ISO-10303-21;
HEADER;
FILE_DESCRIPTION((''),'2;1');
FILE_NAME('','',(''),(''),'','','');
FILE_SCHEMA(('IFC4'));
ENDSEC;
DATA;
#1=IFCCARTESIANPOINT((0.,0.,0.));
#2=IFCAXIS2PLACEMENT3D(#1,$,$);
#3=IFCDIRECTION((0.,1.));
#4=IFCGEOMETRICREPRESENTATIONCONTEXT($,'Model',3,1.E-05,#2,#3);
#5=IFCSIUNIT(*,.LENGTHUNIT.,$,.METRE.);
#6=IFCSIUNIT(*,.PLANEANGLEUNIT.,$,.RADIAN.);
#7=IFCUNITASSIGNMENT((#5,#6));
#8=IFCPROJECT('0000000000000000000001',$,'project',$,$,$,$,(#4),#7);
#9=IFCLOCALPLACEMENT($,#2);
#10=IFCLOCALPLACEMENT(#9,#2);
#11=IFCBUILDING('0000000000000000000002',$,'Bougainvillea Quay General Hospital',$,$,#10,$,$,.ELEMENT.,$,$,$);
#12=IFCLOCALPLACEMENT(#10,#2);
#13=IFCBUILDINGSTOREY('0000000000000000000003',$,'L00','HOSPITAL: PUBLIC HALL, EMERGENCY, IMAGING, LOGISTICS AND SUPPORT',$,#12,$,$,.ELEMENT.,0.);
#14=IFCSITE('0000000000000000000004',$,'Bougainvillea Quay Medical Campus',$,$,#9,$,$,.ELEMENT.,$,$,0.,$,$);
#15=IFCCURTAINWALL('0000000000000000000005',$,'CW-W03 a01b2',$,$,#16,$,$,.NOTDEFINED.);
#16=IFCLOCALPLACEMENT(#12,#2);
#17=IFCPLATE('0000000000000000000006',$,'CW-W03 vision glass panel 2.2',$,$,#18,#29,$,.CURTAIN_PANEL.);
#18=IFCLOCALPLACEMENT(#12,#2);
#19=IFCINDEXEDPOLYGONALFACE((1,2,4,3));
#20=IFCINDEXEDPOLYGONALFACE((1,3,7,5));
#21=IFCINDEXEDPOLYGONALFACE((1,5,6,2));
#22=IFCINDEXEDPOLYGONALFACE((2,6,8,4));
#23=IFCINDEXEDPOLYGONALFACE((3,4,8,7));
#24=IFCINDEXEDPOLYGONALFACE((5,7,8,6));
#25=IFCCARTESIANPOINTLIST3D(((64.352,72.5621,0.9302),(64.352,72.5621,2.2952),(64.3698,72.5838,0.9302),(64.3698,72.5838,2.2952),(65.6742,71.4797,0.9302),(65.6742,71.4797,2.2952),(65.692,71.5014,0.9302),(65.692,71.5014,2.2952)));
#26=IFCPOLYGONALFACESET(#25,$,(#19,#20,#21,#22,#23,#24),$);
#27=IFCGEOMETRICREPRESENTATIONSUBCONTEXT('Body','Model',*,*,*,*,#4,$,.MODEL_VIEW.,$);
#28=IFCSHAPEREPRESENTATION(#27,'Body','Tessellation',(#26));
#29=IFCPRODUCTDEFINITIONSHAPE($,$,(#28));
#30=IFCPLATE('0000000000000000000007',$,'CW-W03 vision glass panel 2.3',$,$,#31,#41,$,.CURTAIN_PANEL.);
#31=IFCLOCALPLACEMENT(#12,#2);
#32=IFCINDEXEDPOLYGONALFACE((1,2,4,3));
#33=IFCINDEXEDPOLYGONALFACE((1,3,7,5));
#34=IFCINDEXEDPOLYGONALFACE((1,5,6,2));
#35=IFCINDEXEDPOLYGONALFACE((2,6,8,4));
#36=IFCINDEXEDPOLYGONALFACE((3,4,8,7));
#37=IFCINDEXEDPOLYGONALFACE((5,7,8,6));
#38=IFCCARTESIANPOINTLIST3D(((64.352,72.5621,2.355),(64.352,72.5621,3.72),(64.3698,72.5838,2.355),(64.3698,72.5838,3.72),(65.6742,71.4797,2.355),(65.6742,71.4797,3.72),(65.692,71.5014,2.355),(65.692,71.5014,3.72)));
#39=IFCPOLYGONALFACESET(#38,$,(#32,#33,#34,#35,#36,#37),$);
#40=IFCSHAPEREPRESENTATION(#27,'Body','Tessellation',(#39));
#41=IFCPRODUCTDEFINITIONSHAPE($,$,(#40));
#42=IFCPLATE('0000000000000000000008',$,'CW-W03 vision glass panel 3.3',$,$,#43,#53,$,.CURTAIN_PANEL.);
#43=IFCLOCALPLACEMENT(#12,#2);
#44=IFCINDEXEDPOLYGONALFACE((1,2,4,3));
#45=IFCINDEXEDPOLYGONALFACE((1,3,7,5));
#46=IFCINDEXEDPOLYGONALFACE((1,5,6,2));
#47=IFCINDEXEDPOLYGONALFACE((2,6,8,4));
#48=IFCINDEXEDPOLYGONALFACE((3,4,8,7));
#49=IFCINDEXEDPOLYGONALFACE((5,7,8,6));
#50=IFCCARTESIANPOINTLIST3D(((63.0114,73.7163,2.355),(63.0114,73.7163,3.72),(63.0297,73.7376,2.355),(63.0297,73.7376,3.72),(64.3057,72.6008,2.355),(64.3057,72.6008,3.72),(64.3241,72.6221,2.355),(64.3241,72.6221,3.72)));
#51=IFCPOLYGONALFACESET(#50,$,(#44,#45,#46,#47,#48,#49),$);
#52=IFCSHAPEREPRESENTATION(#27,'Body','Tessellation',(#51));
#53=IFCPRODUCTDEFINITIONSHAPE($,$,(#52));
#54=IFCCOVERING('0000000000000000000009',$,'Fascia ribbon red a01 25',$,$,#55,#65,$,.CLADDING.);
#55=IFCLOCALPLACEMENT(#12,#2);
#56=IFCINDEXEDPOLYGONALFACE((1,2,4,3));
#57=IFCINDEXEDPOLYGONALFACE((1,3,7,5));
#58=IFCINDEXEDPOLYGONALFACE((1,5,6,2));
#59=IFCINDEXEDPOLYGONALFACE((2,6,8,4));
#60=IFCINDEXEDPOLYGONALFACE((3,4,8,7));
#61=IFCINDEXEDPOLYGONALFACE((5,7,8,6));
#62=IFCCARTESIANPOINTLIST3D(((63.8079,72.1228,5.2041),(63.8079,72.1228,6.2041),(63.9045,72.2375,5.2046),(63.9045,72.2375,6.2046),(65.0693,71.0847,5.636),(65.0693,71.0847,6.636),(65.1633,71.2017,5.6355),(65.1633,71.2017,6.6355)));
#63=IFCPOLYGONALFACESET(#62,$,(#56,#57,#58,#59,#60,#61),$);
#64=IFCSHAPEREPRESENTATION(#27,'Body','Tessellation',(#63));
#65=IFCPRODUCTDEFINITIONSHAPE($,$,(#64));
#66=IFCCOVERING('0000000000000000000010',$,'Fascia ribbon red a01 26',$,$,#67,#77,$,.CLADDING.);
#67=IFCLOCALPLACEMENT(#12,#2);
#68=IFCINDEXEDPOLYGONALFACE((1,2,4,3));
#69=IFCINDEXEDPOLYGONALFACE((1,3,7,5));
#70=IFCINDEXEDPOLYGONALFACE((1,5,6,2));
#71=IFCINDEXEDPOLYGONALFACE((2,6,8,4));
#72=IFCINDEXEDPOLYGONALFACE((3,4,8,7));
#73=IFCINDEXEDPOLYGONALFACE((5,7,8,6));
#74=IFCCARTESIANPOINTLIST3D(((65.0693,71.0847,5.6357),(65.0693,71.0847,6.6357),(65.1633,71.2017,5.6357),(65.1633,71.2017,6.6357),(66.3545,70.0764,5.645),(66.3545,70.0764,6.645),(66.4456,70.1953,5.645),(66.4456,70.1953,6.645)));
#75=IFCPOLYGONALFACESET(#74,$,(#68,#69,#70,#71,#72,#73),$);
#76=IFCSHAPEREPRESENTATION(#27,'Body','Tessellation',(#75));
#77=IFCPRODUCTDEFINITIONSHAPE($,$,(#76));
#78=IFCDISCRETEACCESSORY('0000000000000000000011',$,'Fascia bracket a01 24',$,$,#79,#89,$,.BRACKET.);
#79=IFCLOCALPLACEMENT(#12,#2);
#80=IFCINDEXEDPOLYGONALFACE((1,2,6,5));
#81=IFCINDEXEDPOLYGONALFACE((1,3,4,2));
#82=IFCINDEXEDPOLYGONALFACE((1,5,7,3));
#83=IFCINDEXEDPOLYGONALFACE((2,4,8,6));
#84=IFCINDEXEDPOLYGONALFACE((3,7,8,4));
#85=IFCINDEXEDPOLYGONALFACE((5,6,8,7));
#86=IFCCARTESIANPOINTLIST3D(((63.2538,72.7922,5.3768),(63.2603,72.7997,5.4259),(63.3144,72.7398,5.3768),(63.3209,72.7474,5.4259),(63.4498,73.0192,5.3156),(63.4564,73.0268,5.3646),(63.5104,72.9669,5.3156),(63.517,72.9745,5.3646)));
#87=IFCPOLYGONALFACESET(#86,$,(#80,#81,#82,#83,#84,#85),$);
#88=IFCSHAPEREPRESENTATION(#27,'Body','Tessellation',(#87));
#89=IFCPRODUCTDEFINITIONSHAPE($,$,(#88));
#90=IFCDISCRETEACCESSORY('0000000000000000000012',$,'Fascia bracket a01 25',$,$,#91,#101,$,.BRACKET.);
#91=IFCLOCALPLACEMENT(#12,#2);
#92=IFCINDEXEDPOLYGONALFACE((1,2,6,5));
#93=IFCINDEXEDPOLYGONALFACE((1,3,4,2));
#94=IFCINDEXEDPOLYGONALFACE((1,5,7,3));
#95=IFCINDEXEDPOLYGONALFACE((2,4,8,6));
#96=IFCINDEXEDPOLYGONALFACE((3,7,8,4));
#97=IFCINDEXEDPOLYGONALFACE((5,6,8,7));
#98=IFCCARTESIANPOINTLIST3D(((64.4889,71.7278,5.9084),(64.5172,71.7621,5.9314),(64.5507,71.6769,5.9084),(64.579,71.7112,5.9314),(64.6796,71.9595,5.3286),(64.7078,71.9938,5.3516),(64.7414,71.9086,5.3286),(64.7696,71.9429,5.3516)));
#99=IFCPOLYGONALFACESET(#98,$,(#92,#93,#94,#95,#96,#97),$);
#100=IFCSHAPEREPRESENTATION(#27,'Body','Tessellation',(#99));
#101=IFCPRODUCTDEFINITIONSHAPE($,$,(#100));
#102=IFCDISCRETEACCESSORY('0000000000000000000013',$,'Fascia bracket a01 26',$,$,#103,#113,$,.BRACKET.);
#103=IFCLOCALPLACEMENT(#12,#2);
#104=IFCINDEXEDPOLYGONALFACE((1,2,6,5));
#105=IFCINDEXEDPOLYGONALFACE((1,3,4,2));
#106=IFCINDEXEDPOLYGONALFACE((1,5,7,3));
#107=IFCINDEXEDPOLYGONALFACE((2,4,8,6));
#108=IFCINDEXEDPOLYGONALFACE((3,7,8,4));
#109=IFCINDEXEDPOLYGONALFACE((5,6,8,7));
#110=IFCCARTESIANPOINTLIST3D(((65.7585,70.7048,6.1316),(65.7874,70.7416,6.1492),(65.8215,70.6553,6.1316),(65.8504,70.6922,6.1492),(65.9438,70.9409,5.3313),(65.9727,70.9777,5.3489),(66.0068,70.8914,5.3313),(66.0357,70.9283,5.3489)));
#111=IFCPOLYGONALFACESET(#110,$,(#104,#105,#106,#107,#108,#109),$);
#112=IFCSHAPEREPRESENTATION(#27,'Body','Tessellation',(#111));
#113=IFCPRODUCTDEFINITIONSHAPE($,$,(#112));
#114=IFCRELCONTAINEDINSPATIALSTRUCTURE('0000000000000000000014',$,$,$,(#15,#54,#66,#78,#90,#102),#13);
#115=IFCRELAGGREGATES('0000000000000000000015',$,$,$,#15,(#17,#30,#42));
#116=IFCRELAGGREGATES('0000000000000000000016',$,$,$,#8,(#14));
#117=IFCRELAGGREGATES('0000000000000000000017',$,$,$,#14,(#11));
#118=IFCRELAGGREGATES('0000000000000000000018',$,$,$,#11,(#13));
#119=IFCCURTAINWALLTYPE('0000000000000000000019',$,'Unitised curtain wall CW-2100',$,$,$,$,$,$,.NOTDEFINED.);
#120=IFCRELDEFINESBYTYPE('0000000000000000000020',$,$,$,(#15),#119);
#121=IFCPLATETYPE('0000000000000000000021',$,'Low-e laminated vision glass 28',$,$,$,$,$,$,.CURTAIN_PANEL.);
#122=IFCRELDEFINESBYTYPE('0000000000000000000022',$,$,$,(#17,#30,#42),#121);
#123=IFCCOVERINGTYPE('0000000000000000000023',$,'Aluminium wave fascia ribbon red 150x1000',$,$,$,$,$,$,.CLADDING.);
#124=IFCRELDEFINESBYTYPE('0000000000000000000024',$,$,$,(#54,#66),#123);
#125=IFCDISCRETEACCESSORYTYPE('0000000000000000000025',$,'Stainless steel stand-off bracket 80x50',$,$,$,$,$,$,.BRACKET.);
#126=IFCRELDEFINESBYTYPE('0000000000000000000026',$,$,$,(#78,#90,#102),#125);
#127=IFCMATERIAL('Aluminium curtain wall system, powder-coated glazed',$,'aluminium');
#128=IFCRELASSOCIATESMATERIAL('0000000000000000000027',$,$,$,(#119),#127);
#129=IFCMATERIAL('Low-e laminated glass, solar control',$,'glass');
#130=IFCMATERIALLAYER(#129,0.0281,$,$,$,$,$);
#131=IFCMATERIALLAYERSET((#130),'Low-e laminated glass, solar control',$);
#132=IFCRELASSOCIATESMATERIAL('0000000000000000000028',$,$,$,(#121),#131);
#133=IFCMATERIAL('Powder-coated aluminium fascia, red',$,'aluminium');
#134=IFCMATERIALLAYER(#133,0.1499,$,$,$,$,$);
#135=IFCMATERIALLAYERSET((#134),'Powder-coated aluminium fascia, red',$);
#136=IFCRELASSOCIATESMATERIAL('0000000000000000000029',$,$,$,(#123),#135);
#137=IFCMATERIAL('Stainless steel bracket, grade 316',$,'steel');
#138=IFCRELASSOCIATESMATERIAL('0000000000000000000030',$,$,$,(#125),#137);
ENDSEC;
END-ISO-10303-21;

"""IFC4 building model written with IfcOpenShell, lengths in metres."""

from ifc_helpers import new_model, si_unit, direction, frame, origin, origin_2d, place, context, subcontext, project, spatial, polyline, rectangle, outline, extrude, material, layer, layer_set, material_profile, profile_set, type_object, element, aggregate, save


model = new_model("IFC4")

# Units and contexts
model_context = context("Model", 3, precision=1e-05, world=origin(), true_north=direction((0.0, 1.0)))
body_context = subcontext(model_context, "Body", "Model", "MODEL_VIEW")
ifc_project = project(units=[si_unit("LENGTHUNIT", "METRE"), si_unit("PLANEANGLEUNIT", "RADIAN")], contexts=[model_context])

# Site, building, storey
site_placement = place(None, origin())
site = spatial("IfcSite", under=ifc_project, at=site_placement, Name="Bougainvillea Quay Medical Campus", CompositionType="ELEMENT", RefElevation=0.0)
building_placement = place(site_placement, origin())
building = spatial("IfcBuilding", under=site, at=building_placement, Name="Bougainvillea Quay General Hospital", CompositionType="ELEMENT")
storey_placement = place(building_placement, origin())
storey = spatial("IfcBuildingStorey", under=building, at=storey_placement, Name="L00", Description="HOSPITAL: PUBLIC HALL, EMERGENCY, IMAGING, LOGISTICS AND SUPPORT", CompositionType="ELEMENT", Elevation=0.0)

# Curtain wall, plates
ifc_material_1 = material(Name="Aluminium curtain wall system, powder-coated glazed", Category="aluminium")
curtain_wall_type = type_object("IfcCurtainWallType", Name="Unitised curtain wall CW-2100", PredefinedType="NOTDEFINED", material=ifc_material_1)
curtain_wall_placement = place(storey_placement, origin())
curtain_wall = element("IfcCurtainWall", 1, at=curtain_wall_placement, inside=storey, type_object=curtain_wall_type, Name="CW-W03 a01b2", PredefinedType="NOTDEFINED")
ifc_material_2 = material(Name="Low-e laminated glass, solar control", Category="glass")
ifc_layer_1 = layer(ifc_material_2, 0.0281)
ifc_layer_set_1 = layer_set([ifc_layer_1], Name="Low-e laminated glass, solar control")
plate_type_1 = type_object("IfcPlateType", Name="Low-e laminated vision glass 28", PredefinedType="CURTAIN_PANEL", material=ifc_layer_set_1)
plate_1_placement = place(storey_placement, frame((65.022, 72.0317, 0.9302), z_axis=(0.0, 0.0, 1.0), x_axis=(-0.773802, 0.633428, 0.0)))
plate_1 = element("IfcPlate", 2, at=plate_1_placement, type_object=plate_type_1, Name="CW-W03 vision glass panel 2.2", PredefinedType="CURTAIN_PANEL", context=body_context, shape_type="SweptSolid", body=[
    extrude(rectangle(XDim=1.7087, YDim=0.0281, at=origin_2d()), origin(), (0.0, 0.0, 1.0), 1.365),
])
plate_2_placement = place(storey_placement, frame((65.022, 72.0317, 2.355), z_axis=(0.0, 0.0, 1.0), x_axis=(-0.773802, 0.633428, 0.0)))
plate_2 = element("IfcPlate", 3, at=plate_2_placement, type_object=plate_type_1, Name="CW-W03 vision glass panel 2.3", PredefinedType="CURTAIN_PANEL", context=body_context, shape_type="SweptSolid", body=[
    extrude(rectangle(XDim=1.7087, YDim=0.0281, at=origin_2d()), origin(), (0.0, 0.0, 1.0), 1.365),
])
plate_3_placement = place(storey_placement, frame((63.6677, 73.1692, 2.355), z_axis=(0.0, 0.0, 1.0), x_axis=(-0.757491, 0.652846, 0.0)))
plate_3 = element("IfcPlate", 4, at=plate_3_placement, type_object=plate_type_1, Name="CW-W03 vision glass panel 3.3", PredefinedType="CURTAIN_PANEL", context=body_context, shape_type="SweptSolid", body=[
    extrude(rectangle(XDim=1.7087, YDim=0.0281, at=origin_2d()), origin(), (0.0, 0.0, 1.0), 1.365),
])
aggregate(curtain_wall, [plate_1, plate_2, plate_3])

# Coverings
ifc_material_3 = material(Name="Powder-coated aluminium fascia, red", Category="aluminium")
ifc_layer_2 = layer(ifc_material_3, 0.1499)
ifc_layer_set_2 = layer_set([ifc_layer_2], Name="Powder-coated aluminium fascia, red")
covering_type = type_object("IfcCoveringType", Name="Aluminium wave fascia ribbon red 150x1000", PredefinedType="CLADDING", material=ifc_layer_set_2)
covering_1_placement = place(storey_placement, frame((63.9045, 72.2375, 5.2046), z_axis=(-0.197332, 0.162399, 0.966792), x_axis=(0.746517, -0.614328, 0.255565)))
element("IfcCovering", 5, at=covering_1_placement, inside=storey, type_object=covering_type, Name="Fascia ribbon red a01 25", PredefinedType="CLADDING", context=body_context, shape_type="SweptSolid", body=[
    extrude(outline(polyline([(0.0, 0.0), (1.6862, 0.0), (1.688, -0.15), (-0.0018, -0.15), (0.0, 0.0)])), origin(), (0.255565, -0.000007, 0.966792), 1.0),
])
covering_2_placement = place(storey_placement, frame((65.1633, 71.2017, 5.6357), z_axis=(-0.004473, 0.00351, 0.999984), x_axis=(0.786638, -0.617388, 0.005685)))
element("IfcCovering", 6, at=covering_2_placement, inside=storey, type_object=covering_type, Name="Fascia ribbon red a01 26", PredefinedType="CLADDING", context=body_context, shape_type="SweptSolid", body=[
    extrude(outline(polyline([(0.0, 0.0), (1.63, 0.0), (1.6318, -0.1498), (-0.0017, -0.15), (0.0, 0.0)])), origin(), (0.005685, 0.000001, 0.999984), 1.0),
])

# Discrete accessories
ifc_material_4 = material(Name="Stainless steel bracket, grade 316", Category="steel")
ifc_material_profile_1 = material_profile(ifc_material_4, rectangle(XDim=0.0801, YDim=0.05, at=origin_2d()))
ifc_profile_set_1 = profile_set([ifc_material_profile_1], Name="Stainless steel bracket, grade 316")
discrete_accessory_type = type_object("IfcDiscreteAccessoryType", Name="Stainless steel stand-off bracket 80x50", PredefinedType="BRACKET", material=ifc_profile_set_1)
discrete_accessory_1_placement = place(storey_placement, frame((63.4834, 72.9968, 5.3401), z_axis=(-0.640311, -0.741581, 0.200147), x_axis=(0.756896, -0.653535, 0.0)))
element("IfcDiscreteAccessory", 7, at=discrete_accessory_1_placement, inside=storey, type_object=discrete_accessory_type, Name="Fascia bracket a01 24", PredefinedType="BRACKET", context=body_context, shape_type="SweptSolid", body=[
    extrude(rectangle(XDim=0.0801, YDim=0.05, at=origin_2d()), origin(), (0.0, 0.0, 1.0), 0.3062),
])
discrete_accessory_2_placement = place(storey_placement, frame((64.7246, 71.9512, 5.3401), z_axis=(-0.292053, -0.354876, 0.888126), x_axis=(0.772142, -0.635451, 0.0)))
element("IfcDiscreteAccessory", 8, at=discrete_accessory_2_placement, inside=storey, type_object=discrete_accessory_type, Name="Fascia bracket a01 25", PredefinedType="BRACKET", context=body_context, shape_type="SweptSolid", body=[
    extrude(rectangle(XDim=0.0801, YDim=0.05, at=origin_2d()), origin(), (0.0, 0.0, 1.0), 0.6528),
])
discrete_accessory_3_placement = place(storey_placement, frame((65.9897, 70.9346, 5.3401), z_axis=(-0.2168, -0.276213, 0.936325), x_axis=(0.786629, -0.617426, 0.0)))
element("IfcDiscreteAccessory", 9, at=discrete_accessory_3_placement, inside=storey, type_object=discrete_accessory_type, Name="Fascia bracket a01 26", PredefinedType="BRACKET", context=body_context, shape_type="SweptSolid", body=[
    extrude(rectangle(XDim=0.0801, YDim=0.05, at=origin_2d()), origin(), (0.0, 0.0, 1.0), 0.8547),
])

save(model, "model.ifc")
